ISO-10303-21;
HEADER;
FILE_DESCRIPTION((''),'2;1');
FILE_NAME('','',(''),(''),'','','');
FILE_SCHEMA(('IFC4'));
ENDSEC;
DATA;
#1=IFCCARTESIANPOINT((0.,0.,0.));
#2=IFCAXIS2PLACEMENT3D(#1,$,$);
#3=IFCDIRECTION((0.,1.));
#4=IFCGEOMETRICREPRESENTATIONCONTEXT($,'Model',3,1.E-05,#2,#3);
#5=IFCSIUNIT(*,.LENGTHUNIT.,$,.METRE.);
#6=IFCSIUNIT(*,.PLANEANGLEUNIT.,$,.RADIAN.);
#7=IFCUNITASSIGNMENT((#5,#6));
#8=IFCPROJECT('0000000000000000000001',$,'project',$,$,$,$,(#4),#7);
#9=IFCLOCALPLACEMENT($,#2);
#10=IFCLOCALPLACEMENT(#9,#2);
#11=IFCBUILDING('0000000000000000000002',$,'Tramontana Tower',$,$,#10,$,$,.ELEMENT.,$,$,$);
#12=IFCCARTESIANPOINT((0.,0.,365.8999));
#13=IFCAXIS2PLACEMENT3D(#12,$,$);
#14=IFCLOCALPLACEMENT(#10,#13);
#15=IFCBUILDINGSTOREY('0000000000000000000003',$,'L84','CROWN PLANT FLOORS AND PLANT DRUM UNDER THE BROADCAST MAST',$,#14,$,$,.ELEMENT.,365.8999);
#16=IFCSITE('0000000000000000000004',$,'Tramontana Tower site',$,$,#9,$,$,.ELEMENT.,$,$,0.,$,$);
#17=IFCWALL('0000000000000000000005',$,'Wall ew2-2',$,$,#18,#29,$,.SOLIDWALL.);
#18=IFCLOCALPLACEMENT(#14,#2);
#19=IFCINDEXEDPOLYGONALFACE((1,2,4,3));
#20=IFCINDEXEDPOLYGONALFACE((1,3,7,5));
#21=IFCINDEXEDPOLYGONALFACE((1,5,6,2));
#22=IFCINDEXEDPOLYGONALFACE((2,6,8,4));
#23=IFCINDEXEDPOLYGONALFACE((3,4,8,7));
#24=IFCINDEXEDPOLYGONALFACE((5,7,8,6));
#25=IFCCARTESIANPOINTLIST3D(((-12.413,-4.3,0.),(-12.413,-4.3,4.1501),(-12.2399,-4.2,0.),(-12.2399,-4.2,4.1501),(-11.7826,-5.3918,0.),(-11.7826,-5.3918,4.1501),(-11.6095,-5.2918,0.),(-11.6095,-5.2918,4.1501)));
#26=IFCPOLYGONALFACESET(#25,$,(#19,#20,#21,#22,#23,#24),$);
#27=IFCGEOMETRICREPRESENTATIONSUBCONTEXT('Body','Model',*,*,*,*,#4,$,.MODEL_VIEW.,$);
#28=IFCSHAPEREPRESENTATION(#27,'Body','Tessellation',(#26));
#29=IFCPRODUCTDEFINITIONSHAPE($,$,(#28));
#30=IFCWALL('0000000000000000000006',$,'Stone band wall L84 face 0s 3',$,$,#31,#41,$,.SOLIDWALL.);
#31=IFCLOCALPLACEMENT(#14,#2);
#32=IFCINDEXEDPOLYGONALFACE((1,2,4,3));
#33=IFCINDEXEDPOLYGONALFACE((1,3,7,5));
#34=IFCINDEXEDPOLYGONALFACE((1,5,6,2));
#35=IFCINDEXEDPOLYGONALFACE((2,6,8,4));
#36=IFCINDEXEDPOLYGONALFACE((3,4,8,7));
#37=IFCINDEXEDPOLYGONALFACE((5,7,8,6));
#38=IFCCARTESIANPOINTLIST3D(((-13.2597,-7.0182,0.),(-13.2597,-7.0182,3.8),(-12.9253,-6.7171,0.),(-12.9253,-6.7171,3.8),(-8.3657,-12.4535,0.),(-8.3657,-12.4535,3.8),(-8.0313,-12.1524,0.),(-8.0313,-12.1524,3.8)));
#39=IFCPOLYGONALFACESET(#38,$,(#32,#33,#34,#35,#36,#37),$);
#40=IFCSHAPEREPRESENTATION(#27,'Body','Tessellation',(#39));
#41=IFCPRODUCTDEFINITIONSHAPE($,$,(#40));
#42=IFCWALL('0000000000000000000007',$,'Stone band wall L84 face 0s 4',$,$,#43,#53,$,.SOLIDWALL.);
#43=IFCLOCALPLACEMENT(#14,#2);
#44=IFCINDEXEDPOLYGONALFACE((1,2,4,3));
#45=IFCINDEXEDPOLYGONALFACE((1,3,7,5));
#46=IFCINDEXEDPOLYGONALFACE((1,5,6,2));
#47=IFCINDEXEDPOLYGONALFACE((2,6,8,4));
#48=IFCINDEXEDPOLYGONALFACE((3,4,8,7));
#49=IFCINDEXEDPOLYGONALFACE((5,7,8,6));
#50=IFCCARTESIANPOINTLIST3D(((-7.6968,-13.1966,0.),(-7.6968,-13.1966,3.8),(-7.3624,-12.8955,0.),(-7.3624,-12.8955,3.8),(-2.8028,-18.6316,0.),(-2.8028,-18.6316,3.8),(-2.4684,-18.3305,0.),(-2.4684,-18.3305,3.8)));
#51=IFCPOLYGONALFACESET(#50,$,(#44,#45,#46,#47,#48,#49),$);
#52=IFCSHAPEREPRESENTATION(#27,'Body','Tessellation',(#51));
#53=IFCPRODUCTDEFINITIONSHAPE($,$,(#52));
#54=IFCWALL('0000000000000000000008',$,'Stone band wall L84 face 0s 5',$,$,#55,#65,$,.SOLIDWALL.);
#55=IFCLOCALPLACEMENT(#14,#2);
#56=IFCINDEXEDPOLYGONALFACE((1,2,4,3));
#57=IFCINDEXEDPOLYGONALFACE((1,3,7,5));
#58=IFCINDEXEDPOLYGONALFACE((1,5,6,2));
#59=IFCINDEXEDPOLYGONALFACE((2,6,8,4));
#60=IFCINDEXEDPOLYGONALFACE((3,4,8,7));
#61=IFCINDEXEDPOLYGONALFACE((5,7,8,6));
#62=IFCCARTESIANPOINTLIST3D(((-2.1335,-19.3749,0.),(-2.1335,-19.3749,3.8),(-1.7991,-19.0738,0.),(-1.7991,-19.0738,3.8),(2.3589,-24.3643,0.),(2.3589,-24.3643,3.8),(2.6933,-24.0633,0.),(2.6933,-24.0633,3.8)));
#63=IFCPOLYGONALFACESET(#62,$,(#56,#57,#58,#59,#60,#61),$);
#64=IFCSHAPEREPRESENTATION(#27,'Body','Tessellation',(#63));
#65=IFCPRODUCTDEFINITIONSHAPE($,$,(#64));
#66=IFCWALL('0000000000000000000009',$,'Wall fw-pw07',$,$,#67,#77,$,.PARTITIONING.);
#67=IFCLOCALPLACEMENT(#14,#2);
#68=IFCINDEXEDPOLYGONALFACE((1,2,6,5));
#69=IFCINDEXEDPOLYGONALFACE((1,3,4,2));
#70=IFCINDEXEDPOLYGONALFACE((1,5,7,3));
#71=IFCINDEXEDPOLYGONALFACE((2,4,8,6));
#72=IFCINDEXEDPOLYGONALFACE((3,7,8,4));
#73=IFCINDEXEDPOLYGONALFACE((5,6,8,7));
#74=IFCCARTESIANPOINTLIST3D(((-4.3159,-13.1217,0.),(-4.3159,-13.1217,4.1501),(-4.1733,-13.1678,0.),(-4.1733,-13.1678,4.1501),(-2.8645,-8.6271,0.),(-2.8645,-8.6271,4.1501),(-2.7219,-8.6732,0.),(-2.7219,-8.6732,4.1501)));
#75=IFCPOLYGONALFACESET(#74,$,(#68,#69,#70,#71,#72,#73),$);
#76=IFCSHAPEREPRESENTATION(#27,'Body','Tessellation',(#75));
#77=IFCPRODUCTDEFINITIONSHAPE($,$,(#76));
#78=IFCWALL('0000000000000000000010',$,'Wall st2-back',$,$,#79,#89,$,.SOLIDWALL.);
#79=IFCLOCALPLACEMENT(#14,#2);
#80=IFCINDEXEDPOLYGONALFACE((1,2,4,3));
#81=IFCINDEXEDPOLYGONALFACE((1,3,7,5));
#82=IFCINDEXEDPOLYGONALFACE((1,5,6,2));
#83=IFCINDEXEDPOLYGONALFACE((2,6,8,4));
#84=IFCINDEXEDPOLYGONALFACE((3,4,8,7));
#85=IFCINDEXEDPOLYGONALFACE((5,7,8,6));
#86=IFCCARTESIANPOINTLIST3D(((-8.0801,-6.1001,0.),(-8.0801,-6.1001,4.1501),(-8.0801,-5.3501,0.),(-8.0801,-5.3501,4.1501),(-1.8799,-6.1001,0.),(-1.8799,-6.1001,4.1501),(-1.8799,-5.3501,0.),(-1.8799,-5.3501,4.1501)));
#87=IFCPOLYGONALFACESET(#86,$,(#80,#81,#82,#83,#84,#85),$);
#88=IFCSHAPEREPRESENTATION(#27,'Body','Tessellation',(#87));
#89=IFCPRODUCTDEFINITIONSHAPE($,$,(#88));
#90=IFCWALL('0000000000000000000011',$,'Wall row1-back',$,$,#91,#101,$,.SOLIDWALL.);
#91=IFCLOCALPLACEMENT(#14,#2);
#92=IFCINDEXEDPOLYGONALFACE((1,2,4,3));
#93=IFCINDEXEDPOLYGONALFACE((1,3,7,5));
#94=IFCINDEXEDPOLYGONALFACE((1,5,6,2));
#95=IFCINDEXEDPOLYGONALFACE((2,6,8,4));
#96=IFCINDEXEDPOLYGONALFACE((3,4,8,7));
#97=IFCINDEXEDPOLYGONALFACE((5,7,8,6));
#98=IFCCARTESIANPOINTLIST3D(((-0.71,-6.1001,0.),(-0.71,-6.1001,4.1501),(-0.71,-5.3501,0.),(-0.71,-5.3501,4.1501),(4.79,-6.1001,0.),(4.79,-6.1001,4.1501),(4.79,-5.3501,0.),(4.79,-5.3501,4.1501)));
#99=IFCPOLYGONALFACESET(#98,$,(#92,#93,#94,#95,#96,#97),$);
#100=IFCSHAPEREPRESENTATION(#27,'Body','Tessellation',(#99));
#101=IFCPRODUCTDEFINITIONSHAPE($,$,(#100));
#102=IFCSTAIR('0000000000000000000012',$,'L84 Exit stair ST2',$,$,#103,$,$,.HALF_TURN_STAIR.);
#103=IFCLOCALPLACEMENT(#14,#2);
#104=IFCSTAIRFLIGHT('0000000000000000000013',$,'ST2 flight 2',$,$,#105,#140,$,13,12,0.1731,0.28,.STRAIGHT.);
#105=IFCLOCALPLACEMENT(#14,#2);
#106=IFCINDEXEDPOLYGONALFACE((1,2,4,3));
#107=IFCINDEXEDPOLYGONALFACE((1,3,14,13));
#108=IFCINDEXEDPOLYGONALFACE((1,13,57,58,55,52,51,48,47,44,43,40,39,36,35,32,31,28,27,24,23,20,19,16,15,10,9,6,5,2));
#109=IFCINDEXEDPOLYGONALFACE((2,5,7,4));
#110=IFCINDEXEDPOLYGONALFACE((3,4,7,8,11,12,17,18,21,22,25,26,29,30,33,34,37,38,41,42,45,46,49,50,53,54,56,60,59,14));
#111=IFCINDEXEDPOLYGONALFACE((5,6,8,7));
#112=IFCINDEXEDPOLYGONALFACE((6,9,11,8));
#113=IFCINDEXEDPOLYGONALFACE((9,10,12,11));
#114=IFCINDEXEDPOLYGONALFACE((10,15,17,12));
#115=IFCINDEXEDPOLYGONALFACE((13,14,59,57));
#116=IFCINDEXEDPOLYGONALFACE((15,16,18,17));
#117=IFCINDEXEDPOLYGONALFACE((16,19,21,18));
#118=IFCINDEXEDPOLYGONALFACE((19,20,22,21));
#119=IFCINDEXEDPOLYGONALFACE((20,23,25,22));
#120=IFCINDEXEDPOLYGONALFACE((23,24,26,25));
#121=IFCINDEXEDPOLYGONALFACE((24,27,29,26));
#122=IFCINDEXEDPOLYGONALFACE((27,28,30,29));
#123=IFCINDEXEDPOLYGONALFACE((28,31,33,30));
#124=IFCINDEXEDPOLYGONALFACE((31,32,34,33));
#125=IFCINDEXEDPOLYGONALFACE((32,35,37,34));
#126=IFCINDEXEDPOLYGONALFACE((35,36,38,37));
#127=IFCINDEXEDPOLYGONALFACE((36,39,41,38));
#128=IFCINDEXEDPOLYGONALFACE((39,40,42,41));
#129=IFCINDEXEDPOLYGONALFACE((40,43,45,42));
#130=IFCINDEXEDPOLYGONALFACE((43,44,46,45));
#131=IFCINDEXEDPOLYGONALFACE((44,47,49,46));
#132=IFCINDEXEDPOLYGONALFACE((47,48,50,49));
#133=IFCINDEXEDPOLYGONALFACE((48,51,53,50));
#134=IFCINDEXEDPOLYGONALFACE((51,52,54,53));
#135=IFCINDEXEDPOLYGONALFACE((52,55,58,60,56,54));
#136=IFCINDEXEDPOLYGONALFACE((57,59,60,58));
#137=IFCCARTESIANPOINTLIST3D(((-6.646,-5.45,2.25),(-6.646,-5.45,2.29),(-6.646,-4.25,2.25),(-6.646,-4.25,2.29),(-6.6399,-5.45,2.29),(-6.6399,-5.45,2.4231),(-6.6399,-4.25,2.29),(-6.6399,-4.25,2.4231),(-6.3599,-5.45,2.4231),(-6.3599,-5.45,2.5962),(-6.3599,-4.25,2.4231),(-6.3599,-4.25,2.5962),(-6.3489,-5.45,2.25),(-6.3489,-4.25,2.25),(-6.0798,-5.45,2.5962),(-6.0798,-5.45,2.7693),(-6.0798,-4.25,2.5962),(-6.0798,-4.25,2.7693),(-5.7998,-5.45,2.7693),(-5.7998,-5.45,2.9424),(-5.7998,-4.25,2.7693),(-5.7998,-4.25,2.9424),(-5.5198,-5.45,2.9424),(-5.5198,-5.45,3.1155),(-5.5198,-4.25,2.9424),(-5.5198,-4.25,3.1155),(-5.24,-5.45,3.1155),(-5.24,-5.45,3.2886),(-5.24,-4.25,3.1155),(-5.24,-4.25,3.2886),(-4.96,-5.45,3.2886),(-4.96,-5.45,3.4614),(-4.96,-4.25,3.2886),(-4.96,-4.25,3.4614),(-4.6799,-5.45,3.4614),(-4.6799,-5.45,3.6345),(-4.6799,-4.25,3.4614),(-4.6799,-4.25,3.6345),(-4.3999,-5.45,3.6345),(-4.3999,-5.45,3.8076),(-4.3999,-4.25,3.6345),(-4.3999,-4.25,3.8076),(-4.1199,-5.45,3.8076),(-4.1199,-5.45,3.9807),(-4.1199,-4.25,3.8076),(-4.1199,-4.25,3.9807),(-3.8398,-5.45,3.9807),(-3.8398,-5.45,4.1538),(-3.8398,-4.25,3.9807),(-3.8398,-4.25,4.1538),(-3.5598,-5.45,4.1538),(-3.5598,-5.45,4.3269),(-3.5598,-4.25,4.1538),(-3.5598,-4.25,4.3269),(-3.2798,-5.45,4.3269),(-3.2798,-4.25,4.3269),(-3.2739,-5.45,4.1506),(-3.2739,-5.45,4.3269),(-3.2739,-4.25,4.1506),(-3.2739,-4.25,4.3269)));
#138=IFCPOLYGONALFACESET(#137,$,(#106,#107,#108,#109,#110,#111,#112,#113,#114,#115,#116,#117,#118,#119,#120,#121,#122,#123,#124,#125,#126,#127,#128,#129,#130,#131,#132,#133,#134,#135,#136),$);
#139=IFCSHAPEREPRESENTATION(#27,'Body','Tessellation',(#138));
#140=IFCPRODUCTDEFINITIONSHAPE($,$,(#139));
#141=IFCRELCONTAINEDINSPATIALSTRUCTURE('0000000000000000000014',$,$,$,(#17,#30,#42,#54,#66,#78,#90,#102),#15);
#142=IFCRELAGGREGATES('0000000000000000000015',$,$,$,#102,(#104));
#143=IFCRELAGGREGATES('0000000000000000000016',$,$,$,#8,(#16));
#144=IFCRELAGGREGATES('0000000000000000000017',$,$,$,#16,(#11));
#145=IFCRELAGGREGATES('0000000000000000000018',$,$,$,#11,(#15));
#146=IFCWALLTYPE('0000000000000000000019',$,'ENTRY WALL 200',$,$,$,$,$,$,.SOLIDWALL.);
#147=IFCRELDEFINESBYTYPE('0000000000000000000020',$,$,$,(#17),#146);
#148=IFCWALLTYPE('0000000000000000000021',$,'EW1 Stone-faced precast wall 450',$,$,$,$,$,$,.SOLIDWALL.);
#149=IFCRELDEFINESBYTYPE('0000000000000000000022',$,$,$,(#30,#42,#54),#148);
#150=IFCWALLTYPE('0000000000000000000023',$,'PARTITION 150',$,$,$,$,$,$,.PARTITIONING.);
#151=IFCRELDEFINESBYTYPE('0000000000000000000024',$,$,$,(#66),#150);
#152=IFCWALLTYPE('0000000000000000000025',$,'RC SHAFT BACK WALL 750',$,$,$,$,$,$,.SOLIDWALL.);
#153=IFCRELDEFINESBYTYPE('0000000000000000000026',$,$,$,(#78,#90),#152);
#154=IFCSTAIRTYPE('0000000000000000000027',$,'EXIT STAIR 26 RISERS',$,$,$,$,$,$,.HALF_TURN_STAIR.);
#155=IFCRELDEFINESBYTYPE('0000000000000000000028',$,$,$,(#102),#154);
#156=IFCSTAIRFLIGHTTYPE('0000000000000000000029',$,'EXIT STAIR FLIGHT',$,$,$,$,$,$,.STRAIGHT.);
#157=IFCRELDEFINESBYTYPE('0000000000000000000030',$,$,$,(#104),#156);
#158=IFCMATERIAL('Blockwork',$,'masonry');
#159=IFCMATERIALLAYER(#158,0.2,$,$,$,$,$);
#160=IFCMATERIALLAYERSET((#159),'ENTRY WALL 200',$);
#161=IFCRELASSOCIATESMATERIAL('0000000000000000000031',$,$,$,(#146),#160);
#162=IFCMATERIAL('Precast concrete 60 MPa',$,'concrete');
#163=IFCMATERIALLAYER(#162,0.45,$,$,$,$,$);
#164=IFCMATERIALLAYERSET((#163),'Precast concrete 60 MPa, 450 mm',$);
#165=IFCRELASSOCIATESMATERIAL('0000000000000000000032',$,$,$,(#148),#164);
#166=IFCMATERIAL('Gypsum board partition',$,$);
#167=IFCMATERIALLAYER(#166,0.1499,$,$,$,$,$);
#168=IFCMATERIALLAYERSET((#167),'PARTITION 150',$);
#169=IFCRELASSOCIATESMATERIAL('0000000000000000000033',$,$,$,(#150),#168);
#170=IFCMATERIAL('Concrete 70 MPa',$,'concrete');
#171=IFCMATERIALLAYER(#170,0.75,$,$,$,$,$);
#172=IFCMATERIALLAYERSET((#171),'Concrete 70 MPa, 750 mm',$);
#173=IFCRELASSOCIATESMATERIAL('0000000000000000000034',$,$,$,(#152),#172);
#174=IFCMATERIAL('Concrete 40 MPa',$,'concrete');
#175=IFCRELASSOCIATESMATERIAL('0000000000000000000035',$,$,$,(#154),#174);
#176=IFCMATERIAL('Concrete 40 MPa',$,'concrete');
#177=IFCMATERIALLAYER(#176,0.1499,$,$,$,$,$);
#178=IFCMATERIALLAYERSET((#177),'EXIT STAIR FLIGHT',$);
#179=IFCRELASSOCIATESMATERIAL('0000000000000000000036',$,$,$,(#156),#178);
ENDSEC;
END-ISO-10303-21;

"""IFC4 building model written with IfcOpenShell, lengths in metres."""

from ifc_helpers import new_model, si_unit, direction, frame, frame_2d, origin, place, context, subcontext, project, spatial, polyline, rectangle, outline, extrude, material, layer, layer_set, type_object, element, aggregate, save


model = new_model("IFC4")

# Units and contexts
model_context = context("Model", 3, precision=1e-05, world=origin(), true_north=direction((0.0, 1.0)))
body_context = subcontext(model_context, "Body", "Model", "MODEL_VIEW")
ifc_project = project(units=[si_unit("LENGTHUNIT", "METRE"), si_unit("PLANEANGLEUNIT", "RADIAN")], contexts=[model_context])

# Site, building, storey
site_placement = place(None, origin())
site = spatial("IfcSite", under=ifc_project, at=site_placement, Name="Tramontana Tower site", CompositionType="ELEMENT", RefElevation=0.0)
building_placement = place(site_placement, origin())
building = spatial("IfcBuilding", under=site, at=building_placement, Name="Tramontana Tower", CompositionType="ELEMENT")
storey_placement = place(building_placement, frame((0.0, 0.0, 365.8999)))
storey = spatial("IfcBuildingStorey", under=building, at=storey_placement, Name="L84", Description="CROWN PLANT FLOORS AND PLANT DRUM UNDER THE BROADCAST MAST", CompositionType="ELEMENT", Elevation=365.8999)

# Shared definitions
ifc_material_1 = material(Name="Blockwork", Category="masonry")
ifc_layer_1 = layer(ifc_material_1, 0.2)
ifc_layer_set_1 = layer_set([ifc_layer_1], Name="ENTRY WALL 200")
wall_type_1 = type_object("IfcWallType", Name="ENTRY WALL 200", PredefinedType="SOLIDWALL", material=ifc_layer_set_1)

# Walls
wall_1_placement = place(storey_placement, frame((-11.696, -5.3418, 0.0), z_axis=(0.0, 0.0, 1.0), x_axis=(-0.500013, 0.866018, 0.0)))
element("IfcWall", 1, at=wall_1_placement, inside=storey, type_object=wall_type_1, Name="Wall ew2-2", PredefinedType="SOLIDWALL", context=body_context, shape_type="SweptSolid", body=[
    extrude(rectangle(XDim=1.2607, YDim=0.2, at=frame_2d((0.6304, 0.0))), origin(), (0.0, 0.0, 1.0), 4.1501),
])
ifc_material_2 = material(Name="Precast concrete 60 MPa", Category="concrete")
ifc_layer_2 = layer(ifc_material_2, 0.45)
ifc_layer_set_2 = layer_set([ifc_layer_2], Name="Precast concrete 60 MPa, 450 mm")
wall_type_2 = type_object("IfcWallType", Name="EW1 Stone-faced precast wall 450", PredefinedType="SOLIDWALL", material=ifc_layer_set_2)
wall_2_placement = place(storey_placement, frame((-13.0925, -6.8677, 0.0), z_axis=(0.0, 0.0, 1.0), x_axis=(0.669136, -0.74314, 0.0)))
element("IfcWall", 2, at=wall_2_placement, inside=storey, type_object=wall_type_2, Name="Stone band wall L84 face 0s 3", PredefinedType="SOLIDWALL", context=body_context, shape_type="SweptSolid", body=[
    extrude(rectangle(XDim=7.314, YDim=0.45, at=frame_2d((3.657, 0.0))), origin(), (0.0, 0.0, 1.0), 3.8),
])
wall_3_placement = place(storey_placement, frame((-7.5295, -13.0461, 0.0), z_axis=(0.0, 0.0, 1.0), x_axis=(0.669153, -0.743125, 0.0)))
element("IfcWall", 3, at=wall_3_placement, inside=storey, type_object=wall_type_2, Name="Stone band wall L84 face 0s 4", PredefinedType="SOLIDWALL", context=body_context, shape_type="SweptSolid", body=[
    extrude(rectangle(XDim=7.3137, YDim=0.45, at=frame_2d((3.6567, 0.0))), origin(), (0.0, 0.0, 1.0), 3.8),
])
wall_4_placement = place(storey_placement, frame((-1.9663, -19.2244, 0.0), z_axis=(0.0, 0.0, 1.0), x_axis=(0.669119, -0.743155, 0.0)))
element("IfcWall", 4, at=wall_4_placement, inside=storey, type_object=wall_type_2, Name="Stone band wall L84 face 0s 5", PredefinedType="SOLIDWALL", context=body_context, shape_type="SweptSolid", body=[
    extrude(rectangle(XDim=6.7139, YDim=0.45, at=frame_2d((3.3569, 0.0))), origin(), (0.0, 0.0, 1.0), 3.8),
])
ifc_material_3 = material(Name="Gypsum board partition")
ifc_layer_3 = layer(ifc_material_3, 0.1499)
ifc_layer_set_3 = layer_set([ifc_layer_3], Name="PARTITION 150")
wall_type_3 = type_object("IfcWallType", Name="PARTITION 150", PredefinedType="PARTITIONING", material=ifc_layer_set_3)
wall_5_placement = place(storey_placement, frame((-2.7932, -8.6501, 0.0), z_axis=(0.0, 0.0, 1.0), x_axis=(-0.307297, -0.951614, 0.0)))
element("IfcWall", 5, at=wall_5_placement, inside=storey, type_object=wall_type_3, Name="Wall fw-pw07", PredefinedType="PARTITIONING", context=body_context, shape_type="SweptSolid", body=[
    extrude(rectangle(XDim=4.7231, YDim=0.1499, at=frame_2d((2.3616, 0.0))), origin(), (0.0, 0.0, 1.0), 4.1501),
])
ifc_material_4 = material(Name="Concrete 70 MPa", Category="concrete")
ifc_layer_4 = layer(ifc_material_4, 0.75)
ifc_layer_set_4 = layer_set([ifc_layer_4], Name="Concrete 70 MPa, 750 mm")
wall_type_4 = type_object("IfcWallType", Name="RC SHAFT BACK WALL 750", PredefinedType="SOLIDWALL", material=ifc_layer_set_4)
wall_6_placement = place(storey_placement, frame((-8.0801, -5.7251, 0.0), z_axis=(0.0, 0.0, 1.0), x_axis=(1.0, 0.0, 0.0)))
element("IfcWall", 6, at=wall_6_placement, inside=storey, type_object=wall_type_4, Name="Wall st2-back", PredefinedType="SOLIDWALL", context=body_context, shape_type="SweptSolid", body=[
    extrude(rectangle(XDim=6.2002, YDim=0.75, at=frame_2d((3.1001, 0.0))), origin(), (0.0, 0.0, 1.0), 4.1501),
])
wall_7_placement = place(storey_placement, frame((-0.71, -5.7251, 0.0), z_axis=(0.0, 0.0, 1.0), x_axis=(1.0, 0.0, 0.0)))
element("IfcWall", 7, at=wall_7_placement, inside=storey, type_object=wall_type_4, Name="Wall row1-back", PredefinedType="SOLIDWALL", context=body_context, shape_type="SweptSolid", body=[
    extrude(rectangle(XDim=5.5, YDim=0.75, at=frame_2d((2.75, 0.0))), origin(), (0.0, 0.0, 1.0), 4.1501),
])

# Stair, stair flight
ifc_material_5 = material(Name="Concrete 40 MPa", Category="concrete")
stair_type = type_object("IfcStairType", Name="EXIT STAIR 26 RISERS", PredefinedType="HALF_TURN_STAIR", material=ifc_material_5)
stair_placement = place(storey_placement, origin())
stair = element("IfcStair", 8, at=stair_placement, inside=storey, type_object=stair_type, Name="L84 Exit stair ST2", PredefinedType="HALF_TURN_STAIR")
ifc_material_6 = material(Name="Concrete 40 MPa", Category="concrete")
ifc_layer_5 = layer(ifc_material_6, 0.1499)
ifc_layer_set_5 = layer_set([ifc_layer_5], Name="EXIT STAIR FLIGHT")
stair_flight_type = type_object("IfcStairFlightType", Name="EXIT STAIR FLIGHT", PredefinedType="STRAIGHT", material=ifc_layer_set_5)
stair_flight_placement = place(storey_placement, frame((-6.6399, -4.8501, 2.25), z_axis=(0.0, 0.0, 1.0), x_axis=(1.0, 0.0, 0.0)))
stair_flight = element("IfcStairFlight", 9, at=stair_flight_placement, type_object=stair_flight_type, Name="ST2 flight 2", NumberOfRisers=13, NumberOfTreads=12, PredefinedType="STRAIGHT", RiserHeight=0.1731, TreadLength=0.28, context=body_context, shape_type="SweptSolid", body=[
    extrude(outline(polyline([(-0.0061, 0.0), (-0.0061, 0.04), (0.0, 0.04), (0.0, 0.1731), (0.28, 0.1731), (0.28, 0.3462), (0.5601, 0.3462), (0.5601, 0.5193), (0.8401, 0.5193), (0.8401, 0.6924), (1.1201, 0.6924), (1.1201, 0.8655), (1.3999, 0.8655), (1.3999, 1.0386), (1.6799, 1.0386), (1.6799, 1.2114), (1.96, 1.2114), (1.96, 1.3845), (2.24, 1.3845), (2.24, 1.5576), (2.52, 1.5576), (2.52, 1.7307), (2.8, 1.7307), (2.8, 1.9038), (3.0801, 1.9038), (3.0801, 2.0769), (3.3601, 2.0769), (3.366, 2.0769), (3.366, 1.9006), (0.291, 0.0), (-0.0061, 0.0)])), frame((0.0, 0.6001, 0.0), z_axis=(0.0, -1.0, 0.0), x_axis=(1.0, 0.0, 0.0)), (0.0, 0.0, 1.0), 1.2),
])
aggregate(stair, [stair_flight])

save(model, "model.ifc")
